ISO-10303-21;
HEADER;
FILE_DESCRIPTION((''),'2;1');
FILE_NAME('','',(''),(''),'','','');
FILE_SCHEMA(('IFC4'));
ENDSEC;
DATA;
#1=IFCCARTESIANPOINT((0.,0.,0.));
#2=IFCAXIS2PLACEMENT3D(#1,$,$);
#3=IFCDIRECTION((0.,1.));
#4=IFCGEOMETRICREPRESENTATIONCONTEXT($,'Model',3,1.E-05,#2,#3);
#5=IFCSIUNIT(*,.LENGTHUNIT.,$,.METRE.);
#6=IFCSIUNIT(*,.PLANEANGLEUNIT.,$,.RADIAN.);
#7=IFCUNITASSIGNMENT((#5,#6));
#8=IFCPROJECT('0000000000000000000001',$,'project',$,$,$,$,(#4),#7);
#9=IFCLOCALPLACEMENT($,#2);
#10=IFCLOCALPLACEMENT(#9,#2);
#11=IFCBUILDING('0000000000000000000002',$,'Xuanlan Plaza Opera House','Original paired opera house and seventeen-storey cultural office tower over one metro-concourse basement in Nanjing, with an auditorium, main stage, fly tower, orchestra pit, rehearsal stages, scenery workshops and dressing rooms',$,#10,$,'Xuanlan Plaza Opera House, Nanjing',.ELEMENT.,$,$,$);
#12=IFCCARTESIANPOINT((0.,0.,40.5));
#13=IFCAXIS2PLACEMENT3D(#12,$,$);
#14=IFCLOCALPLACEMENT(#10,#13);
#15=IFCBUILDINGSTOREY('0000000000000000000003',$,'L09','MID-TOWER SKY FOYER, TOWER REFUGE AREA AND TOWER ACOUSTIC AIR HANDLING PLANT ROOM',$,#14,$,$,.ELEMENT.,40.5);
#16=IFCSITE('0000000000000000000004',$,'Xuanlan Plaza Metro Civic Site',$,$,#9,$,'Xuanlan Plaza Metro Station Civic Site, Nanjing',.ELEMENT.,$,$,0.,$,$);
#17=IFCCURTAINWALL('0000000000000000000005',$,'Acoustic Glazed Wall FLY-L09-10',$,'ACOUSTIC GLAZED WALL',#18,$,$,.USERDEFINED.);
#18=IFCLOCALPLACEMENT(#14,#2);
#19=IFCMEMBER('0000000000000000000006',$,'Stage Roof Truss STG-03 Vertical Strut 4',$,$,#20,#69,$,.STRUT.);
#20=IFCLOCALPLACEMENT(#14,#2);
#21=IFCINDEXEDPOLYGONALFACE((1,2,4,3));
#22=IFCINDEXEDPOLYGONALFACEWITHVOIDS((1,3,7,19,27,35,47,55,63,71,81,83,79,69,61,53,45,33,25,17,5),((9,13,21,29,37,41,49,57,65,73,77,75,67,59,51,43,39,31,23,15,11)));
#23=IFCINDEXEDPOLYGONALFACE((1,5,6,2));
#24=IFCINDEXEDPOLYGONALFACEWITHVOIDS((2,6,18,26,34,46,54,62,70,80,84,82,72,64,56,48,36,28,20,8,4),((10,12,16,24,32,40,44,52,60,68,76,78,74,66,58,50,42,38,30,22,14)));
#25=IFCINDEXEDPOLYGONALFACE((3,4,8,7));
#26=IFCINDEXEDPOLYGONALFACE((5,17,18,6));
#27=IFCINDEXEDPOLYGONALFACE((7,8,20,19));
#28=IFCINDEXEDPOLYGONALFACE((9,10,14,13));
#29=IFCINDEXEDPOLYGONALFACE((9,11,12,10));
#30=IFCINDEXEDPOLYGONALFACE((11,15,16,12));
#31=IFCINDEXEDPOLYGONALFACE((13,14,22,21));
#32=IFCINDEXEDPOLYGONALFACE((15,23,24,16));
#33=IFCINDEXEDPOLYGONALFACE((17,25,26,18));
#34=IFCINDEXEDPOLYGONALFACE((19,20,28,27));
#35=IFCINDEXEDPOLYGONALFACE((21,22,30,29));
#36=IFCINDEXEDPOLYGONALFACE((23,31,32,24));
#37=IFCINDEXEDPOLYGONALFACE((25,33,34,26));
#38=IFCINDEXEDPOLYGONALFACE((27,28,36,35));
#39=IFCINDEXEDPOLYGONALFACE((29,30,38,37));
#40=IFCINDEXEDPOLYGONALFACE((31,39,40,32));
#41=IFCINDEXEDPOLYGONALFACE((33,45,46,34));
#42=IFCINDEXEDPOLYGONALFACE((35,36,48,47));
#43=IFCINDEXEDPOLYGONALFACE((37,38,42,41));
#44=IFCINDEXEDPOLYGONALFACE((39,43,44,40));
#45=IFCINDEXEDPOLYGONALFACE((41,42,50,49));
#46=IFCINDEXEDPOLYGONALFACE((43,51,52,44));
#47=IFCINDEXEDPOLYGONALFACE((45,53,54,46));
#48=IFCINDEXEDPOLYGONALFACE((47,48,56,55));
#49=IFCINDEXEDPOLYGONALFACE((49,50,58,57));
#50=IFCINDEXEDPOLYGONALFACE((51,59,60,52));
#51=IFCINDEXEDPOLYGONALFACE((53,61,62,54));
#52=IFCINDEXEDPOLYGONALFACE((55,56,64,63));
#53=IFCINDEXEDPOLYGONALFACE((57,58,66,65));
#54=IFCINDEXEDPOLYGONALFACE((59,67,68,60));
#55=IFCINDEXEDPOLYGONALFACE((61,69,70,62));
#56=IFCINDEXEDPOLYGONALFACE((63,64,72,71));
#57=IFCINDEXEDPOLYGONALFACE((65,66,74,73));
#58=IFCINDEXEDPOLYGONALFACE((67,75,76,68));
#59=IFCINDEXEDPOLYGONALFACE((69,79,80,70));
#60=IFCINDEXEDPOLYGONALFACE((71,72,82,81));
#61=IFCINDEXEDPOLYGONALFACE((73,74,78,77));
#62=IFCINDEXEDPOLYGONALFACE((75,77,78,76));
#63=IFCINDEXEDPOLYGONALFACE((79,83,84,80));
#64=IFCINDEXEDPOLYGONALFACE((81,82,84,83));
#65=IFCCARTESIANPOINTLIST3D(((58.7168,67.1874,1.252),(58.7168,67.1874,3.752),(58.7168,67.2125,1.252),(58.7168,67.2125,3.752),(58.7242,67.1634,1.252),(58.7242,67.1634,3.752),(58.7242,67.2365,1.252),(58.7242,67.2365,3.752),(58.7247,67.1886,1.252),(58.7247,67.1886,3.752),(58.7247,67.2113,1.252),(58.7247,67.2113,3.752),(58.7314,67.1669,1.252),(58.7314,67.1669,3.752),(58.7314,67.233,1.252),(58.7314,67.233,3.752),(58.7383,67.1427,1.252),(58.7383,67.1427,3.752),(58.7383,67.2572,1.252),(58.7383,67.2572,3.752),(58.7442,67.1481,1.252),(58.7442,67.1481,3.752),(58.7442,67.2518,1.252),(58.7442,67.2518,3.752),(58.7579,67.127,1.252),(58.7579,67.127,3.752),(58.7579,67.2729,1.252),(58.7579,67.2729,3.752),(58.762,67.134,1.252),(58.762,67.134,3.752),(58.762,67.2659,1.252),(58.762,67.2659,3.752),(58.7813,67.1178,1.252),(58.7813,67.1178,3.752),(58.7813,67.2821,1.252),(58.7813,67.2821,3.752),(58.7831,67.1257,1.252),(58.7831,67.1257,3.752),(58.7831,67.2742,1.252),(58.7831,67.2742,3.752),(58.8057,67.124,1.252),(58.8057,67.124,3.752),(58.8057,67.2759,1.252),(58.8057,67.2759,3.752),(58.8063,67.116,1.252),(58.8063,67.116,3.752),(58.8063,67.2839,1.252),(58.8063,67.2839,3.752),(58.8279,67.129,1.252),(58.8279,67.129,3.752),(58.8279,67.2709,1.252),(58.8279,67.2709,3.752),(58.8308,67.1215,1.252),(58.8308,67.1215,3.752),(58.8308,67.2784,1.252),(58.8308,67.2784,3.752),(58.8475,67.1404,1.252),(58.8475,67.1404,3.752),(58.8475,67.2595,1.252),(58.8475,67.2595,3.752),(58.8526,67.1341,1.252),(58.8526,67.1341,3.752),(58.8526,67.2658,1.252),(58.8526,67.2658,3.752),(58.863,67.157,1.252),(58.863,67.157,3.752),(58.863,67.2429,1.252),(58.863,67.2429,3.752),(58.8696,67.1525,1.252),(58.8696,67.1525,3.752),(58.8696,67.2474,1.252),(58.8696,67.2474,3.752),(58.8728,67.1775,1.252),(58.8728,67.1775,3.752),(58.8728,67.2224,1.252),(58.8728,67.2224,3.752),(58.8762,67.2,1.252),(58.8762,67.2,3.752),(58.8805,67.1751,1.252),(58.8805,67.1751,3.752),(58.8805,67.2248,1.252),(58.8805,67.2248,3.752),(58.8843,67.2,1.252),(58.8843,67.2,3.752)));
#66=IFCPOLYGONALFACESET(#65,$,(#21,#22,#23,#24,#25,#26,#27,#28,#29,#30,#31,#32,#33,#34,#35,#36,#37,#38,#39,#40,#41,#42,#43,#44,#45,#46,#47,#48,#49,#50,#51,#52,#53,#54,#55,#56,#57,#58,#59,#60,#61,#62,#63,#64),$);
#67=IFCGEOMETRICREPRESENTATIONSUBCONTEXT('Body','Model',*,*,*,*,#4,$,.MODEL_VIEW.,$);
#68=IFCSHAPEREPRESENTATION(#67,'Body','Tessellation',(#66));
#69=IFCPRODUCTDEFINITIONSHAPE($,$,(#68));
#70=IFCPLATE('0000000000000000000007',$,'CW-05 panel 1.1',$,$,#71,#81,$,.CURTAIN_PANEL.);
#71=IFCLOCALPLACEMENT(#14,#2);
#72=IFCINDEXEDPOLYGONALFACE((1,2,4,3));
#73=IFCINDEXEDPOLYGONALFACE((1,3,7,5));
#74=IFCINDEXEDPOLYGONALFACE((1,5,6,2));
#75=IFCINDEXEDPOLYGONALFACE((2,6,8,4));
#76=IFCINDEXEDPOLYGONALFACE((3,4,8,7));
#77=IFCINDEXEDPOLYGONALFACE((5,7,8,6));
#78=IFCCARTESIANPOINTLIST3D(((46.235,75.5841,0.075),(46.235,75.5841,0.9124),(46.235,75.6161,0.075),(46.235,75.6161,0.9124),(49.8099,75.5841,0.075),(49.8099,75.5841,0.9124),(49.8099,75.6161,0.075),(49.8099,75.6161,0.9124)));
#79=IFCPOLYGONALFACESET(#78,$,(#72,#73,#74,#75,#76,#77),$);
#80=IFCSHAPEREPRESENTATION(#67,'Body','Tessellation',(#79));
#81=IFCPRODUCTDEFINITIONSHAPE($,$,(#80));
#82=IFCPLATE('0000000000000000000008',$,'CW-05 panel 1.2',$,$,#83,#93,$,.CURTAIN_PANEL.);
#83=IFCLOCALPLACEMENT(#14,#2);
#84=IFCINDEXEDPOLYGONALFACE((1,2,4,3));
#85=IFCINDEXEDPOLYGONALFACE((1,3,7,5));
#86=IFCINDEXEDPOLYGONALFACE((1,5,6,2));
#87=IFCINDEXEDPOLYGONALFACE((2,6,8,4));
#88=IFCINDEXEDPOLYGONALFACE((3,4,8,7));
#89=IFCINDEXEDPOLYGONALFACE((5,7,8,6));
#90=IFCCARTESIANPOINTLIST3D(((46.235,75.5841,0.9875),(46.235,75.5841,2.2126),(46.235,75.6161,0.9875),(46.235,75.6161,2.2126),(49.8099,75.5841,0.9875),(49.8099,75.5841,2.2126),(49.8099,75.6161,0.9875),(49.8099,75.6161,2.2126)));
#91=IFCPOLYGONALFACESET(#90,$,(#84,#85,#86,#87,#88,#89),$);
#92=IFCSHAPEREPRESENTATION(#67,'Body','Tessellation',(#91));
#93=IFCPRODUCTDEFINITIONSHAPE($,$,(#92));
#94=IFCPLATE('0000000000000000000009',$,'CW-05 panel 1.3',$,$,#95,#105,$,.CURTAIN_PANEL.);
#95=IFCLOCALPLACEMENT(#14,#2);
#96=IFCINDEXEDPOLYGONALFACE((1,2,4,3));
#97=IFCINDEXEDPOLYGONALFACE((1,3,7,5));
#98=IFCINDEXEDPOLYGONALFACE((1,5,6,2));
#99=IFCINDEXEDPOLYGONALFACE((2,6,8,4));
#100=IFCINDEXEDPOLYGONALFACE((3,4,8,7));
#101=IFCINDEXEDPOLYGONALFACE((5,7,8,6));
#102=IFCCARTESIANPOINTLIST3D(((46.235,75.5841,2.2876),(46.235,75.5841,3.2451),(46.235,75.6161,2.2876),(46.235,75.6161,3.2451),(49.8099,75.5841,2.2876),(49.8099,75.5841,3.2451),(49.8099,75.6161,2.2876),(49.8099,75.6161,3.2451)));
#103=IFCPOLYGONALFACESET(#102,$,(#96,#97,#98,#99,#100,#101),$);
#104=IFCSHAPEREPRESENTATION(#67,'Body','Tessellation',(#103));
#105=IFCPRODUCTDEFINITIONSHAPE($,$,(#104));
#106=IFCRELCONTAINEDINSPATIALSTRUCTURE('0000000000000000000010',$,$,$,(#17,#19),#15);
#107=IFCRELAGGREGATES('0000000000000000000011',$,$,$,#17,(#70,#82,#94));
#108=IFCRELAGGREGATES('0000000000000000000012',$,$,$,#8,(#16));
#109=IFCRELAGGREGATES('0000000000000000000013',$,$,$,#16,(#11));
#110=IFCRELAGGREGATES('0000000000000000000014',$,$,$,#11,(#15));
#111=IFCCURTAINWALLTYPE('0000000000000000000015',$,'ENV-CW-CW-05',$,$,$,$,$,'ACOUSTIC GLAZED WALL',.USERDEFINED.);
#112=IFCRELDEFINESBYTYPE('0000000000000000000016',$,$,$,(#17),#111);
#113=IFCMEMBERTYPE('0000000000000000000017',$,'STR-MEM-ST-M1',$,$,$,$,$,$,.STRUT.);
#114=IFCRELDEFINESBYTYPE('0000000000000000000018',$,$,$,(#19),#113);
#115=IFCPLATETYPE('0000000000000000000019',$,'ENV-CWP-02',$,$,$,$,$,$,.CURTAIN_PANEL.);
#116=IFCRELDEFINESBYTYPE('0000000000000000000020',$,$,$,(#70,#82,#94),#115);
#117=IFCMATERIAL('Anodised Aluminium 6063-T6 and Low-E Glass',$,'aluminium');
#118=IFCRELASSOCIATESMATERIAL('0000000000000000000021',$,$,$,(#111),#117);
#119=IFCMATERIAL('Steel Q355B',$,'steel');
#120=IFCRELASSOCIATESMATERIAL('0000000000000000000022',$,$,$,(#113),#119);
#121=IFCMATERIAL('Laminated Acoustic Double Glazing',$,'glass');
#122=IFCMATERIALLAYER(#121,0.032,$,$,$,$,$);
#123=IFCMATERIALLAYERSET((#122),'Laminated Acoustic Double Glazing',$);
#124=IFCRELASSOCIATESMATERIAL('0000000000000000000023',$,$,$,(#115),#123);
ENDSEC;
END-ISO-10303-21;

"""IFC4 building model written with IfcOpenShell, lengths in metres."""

from ifc_helpers import new_model, si_unit, direction, frame, origin, origin_2d, place, context, subcontext, project, spatial, rectangle, hollow_circle, extrude, material, layer, layer_set, material_profile, profile_set, type_object, element, aggregate, save


model = new_model("IFC4")

# Units and contexts
model_context = context("Model", 3, precision=1e-05, world=origin(), true_north=direction((0.0, 1.0)))
body_context = subcontext(model_context, "Body", "Model", "MODEL_VIEW")
ifc_project = project(units=[si_unit("LENGTHUNIT", "METRE"), si_unit("PLANEANGLEUNIT", "RADIAN")], contexts=[model_context])

# Site, building, storey
site_placement = place(None, origin())
site = spatial("IfcSite", under=ifc_project, at=site_placement, Name="Xuanlan Plaza Metro Civic Site", LongName="Xuanlan Plaza Metro Station Civic Site, Nanjing", CompositionType="ELEMENT", RefElevation=0.0)
building_placement = place(site_placement, origin())
building = spatial("IfcBuilding", under=site, at=building_placement, Name="Xuanlan Plaza Opera House", Description="Original paired opera house and seventeen-storey cultural office tower over one metro-concourse basement in Nanjing, with an auditorium, main stage, fly tower, orchestra pit, rehearsal stages, scenery workshops and dressing rooms", LongName="Xuanlan Plaza Opera House, Nanjing", CompositionType="ELEMENT")
storey_placement = place(building_placement, frame((0.0, 0.0, 40.5)))
storey = spatial("IfcBuildingStorey", under=building, at=storey_placement, Name="L09", Description="MID-TOWER SKY FOYER, TOWER REFUGE AREA AND TOWER ACOUSTIC AIR HANDLING PLANT ROOM", CompositionType="ELEMENT", Elevation=40.5)

# Curtain wall
ifc_material_1 = material(Name="Anodised Aluminium 6063-T6 and Low-E Glass", Category="aluminium")
curtain_wall_type = type_object("IfcCurtainWallType", Name="ENV-CW-CW-05", ElementType="ACOUSTIC GLAZED WALL", PredefinedType="USERDEFINED", material=ifc_material_1)
curtain_wall_placement = place(storey_placement, origin())
curtain_wall = element("IfcCurtainWall", 1, at=curtain_wall_placement, inside=storey, type_object=curtain_wall_type, Name="Acoustic Glazed Wall FLY-L09-10", ObjectType="ACOUSTIC GLAZED WALL", PredefinedType="USERDEFINED")

# Member
ifc_material_2 = material(Name="Steel Q355B", Category="steel")
ifc_material_profile_1 = material_profile(ifc_material_2, hollow_circle(Radius=0.0842, WallThickness=0.0081, at=origin_2d()), Name="CHS 168.3x8")
ifc_profile_set_1 = profile_set([ifc_material_profile_1], Name="Steel Q355B")
member_type_1 = type_object("IfcMemberType", Name="STR-MEM-ST-M1", PredefinedType="STRUT", material=ifc_profile_set_1)
for number, where, z_axis, x_axis, name in (
    (2, (58.8, 67.2, 1.252), (0.0, 0.0, 1.0), (1.0, 0.0, 0.0), "Stage Roof Truss STG-03 Vertical Strut 4"),
):
    element("IfcMember", number, at=place(storey_placement, frame(where, z_axis=z_axis, x_axis=x_axis)), inside=storey, type_object=member_type_1, Name=name, PredefinedType="STRUT", context=body_context, shape_type="SweptSolid", body=[
        extrude(hollow_circle(Radius=0.0842, WallThickness=0.0081, at=origin_2d()), origin(), (0.0, 0.0, 1.0), 2.5),
    ])

# Plates
ifc_material_3 = material(Name="Laminated Acoustic Double Glazing", Category="glass")
ifc_layer = layer(ifc_material_3, 0.032)
ifc_layer_set = layer_set([ifc_layer], Name="Laminated Acoustic Double Glazing")
plate_type = type_object("IfcPlateType", Name="ENV-CWP-02", PredefinedType="CURTAIN_PANEL", material=ifc_layer_set)
plate_1_placement = place(storey_placement, frame((48.0225, 75.6001, 0.075), z_axis=(0.0, 0.0, 1.0), x_axis=(-1.0, 0.0, 0.0)))
plate_1 = element("IfcPlate", 3, at=plate_1_placement, type_object=plate_type, Name="CW-05 panel 1.1", PredefinedType="CURTAIN_PANEL", context=body_context, shape_type="SweptSolid", body=[
    extrude(rectangle(XDim=3.575, YDim=0.032, at=origin_2d()), origin(), (0.0, 0.0, 1.0), 0.8374),
])
plate_2_placement = place(storey_placement, frame((48.0225, 75.6001, 0.9875), z_axis=(0.0, 0.0, 1.0), x_axis=(-1.0, 0.0, 0.0)))
plate_2 = element("IfcPlate", 4, at=plate_2_placement, type_object=plate_type, Name="CW-05 panel 1.2", PredefinedType="CURTAIN_PANEL", context=body_context, shape_type="SweptSolid", body=[
    extrude(rectangle(XDim=3.575, YDim=0.032, at=origin_2d()), origin(), (0.0, 0.0, 1.0), 1.2251),
])
plate_3_placement = place(storey_placement, frame((48.0225, 75.6001, 2.2876), z_axis=(0.0, 0.0, 1.0), x_axis=(-1.0, 0.0, 0.0)))
plate_3 = element("IfcPlate", 5, at=plate_3_placement, type_object=plate_type, Name="CW-05 panel 1.3", PredefinedType="CURTAIN_PANEL", context=body_context, shape_type="SweptSolid", body=[
    extrude(rectangle(XDim=3.575, YDim=0.032, at=origin_2d()), origin(), (0.0, 0.0, 1.0), 0.9575),
])
aggregate(curtain_wall, [plate_1, plate_2, plate_3])

save(model, "model.ifc")
